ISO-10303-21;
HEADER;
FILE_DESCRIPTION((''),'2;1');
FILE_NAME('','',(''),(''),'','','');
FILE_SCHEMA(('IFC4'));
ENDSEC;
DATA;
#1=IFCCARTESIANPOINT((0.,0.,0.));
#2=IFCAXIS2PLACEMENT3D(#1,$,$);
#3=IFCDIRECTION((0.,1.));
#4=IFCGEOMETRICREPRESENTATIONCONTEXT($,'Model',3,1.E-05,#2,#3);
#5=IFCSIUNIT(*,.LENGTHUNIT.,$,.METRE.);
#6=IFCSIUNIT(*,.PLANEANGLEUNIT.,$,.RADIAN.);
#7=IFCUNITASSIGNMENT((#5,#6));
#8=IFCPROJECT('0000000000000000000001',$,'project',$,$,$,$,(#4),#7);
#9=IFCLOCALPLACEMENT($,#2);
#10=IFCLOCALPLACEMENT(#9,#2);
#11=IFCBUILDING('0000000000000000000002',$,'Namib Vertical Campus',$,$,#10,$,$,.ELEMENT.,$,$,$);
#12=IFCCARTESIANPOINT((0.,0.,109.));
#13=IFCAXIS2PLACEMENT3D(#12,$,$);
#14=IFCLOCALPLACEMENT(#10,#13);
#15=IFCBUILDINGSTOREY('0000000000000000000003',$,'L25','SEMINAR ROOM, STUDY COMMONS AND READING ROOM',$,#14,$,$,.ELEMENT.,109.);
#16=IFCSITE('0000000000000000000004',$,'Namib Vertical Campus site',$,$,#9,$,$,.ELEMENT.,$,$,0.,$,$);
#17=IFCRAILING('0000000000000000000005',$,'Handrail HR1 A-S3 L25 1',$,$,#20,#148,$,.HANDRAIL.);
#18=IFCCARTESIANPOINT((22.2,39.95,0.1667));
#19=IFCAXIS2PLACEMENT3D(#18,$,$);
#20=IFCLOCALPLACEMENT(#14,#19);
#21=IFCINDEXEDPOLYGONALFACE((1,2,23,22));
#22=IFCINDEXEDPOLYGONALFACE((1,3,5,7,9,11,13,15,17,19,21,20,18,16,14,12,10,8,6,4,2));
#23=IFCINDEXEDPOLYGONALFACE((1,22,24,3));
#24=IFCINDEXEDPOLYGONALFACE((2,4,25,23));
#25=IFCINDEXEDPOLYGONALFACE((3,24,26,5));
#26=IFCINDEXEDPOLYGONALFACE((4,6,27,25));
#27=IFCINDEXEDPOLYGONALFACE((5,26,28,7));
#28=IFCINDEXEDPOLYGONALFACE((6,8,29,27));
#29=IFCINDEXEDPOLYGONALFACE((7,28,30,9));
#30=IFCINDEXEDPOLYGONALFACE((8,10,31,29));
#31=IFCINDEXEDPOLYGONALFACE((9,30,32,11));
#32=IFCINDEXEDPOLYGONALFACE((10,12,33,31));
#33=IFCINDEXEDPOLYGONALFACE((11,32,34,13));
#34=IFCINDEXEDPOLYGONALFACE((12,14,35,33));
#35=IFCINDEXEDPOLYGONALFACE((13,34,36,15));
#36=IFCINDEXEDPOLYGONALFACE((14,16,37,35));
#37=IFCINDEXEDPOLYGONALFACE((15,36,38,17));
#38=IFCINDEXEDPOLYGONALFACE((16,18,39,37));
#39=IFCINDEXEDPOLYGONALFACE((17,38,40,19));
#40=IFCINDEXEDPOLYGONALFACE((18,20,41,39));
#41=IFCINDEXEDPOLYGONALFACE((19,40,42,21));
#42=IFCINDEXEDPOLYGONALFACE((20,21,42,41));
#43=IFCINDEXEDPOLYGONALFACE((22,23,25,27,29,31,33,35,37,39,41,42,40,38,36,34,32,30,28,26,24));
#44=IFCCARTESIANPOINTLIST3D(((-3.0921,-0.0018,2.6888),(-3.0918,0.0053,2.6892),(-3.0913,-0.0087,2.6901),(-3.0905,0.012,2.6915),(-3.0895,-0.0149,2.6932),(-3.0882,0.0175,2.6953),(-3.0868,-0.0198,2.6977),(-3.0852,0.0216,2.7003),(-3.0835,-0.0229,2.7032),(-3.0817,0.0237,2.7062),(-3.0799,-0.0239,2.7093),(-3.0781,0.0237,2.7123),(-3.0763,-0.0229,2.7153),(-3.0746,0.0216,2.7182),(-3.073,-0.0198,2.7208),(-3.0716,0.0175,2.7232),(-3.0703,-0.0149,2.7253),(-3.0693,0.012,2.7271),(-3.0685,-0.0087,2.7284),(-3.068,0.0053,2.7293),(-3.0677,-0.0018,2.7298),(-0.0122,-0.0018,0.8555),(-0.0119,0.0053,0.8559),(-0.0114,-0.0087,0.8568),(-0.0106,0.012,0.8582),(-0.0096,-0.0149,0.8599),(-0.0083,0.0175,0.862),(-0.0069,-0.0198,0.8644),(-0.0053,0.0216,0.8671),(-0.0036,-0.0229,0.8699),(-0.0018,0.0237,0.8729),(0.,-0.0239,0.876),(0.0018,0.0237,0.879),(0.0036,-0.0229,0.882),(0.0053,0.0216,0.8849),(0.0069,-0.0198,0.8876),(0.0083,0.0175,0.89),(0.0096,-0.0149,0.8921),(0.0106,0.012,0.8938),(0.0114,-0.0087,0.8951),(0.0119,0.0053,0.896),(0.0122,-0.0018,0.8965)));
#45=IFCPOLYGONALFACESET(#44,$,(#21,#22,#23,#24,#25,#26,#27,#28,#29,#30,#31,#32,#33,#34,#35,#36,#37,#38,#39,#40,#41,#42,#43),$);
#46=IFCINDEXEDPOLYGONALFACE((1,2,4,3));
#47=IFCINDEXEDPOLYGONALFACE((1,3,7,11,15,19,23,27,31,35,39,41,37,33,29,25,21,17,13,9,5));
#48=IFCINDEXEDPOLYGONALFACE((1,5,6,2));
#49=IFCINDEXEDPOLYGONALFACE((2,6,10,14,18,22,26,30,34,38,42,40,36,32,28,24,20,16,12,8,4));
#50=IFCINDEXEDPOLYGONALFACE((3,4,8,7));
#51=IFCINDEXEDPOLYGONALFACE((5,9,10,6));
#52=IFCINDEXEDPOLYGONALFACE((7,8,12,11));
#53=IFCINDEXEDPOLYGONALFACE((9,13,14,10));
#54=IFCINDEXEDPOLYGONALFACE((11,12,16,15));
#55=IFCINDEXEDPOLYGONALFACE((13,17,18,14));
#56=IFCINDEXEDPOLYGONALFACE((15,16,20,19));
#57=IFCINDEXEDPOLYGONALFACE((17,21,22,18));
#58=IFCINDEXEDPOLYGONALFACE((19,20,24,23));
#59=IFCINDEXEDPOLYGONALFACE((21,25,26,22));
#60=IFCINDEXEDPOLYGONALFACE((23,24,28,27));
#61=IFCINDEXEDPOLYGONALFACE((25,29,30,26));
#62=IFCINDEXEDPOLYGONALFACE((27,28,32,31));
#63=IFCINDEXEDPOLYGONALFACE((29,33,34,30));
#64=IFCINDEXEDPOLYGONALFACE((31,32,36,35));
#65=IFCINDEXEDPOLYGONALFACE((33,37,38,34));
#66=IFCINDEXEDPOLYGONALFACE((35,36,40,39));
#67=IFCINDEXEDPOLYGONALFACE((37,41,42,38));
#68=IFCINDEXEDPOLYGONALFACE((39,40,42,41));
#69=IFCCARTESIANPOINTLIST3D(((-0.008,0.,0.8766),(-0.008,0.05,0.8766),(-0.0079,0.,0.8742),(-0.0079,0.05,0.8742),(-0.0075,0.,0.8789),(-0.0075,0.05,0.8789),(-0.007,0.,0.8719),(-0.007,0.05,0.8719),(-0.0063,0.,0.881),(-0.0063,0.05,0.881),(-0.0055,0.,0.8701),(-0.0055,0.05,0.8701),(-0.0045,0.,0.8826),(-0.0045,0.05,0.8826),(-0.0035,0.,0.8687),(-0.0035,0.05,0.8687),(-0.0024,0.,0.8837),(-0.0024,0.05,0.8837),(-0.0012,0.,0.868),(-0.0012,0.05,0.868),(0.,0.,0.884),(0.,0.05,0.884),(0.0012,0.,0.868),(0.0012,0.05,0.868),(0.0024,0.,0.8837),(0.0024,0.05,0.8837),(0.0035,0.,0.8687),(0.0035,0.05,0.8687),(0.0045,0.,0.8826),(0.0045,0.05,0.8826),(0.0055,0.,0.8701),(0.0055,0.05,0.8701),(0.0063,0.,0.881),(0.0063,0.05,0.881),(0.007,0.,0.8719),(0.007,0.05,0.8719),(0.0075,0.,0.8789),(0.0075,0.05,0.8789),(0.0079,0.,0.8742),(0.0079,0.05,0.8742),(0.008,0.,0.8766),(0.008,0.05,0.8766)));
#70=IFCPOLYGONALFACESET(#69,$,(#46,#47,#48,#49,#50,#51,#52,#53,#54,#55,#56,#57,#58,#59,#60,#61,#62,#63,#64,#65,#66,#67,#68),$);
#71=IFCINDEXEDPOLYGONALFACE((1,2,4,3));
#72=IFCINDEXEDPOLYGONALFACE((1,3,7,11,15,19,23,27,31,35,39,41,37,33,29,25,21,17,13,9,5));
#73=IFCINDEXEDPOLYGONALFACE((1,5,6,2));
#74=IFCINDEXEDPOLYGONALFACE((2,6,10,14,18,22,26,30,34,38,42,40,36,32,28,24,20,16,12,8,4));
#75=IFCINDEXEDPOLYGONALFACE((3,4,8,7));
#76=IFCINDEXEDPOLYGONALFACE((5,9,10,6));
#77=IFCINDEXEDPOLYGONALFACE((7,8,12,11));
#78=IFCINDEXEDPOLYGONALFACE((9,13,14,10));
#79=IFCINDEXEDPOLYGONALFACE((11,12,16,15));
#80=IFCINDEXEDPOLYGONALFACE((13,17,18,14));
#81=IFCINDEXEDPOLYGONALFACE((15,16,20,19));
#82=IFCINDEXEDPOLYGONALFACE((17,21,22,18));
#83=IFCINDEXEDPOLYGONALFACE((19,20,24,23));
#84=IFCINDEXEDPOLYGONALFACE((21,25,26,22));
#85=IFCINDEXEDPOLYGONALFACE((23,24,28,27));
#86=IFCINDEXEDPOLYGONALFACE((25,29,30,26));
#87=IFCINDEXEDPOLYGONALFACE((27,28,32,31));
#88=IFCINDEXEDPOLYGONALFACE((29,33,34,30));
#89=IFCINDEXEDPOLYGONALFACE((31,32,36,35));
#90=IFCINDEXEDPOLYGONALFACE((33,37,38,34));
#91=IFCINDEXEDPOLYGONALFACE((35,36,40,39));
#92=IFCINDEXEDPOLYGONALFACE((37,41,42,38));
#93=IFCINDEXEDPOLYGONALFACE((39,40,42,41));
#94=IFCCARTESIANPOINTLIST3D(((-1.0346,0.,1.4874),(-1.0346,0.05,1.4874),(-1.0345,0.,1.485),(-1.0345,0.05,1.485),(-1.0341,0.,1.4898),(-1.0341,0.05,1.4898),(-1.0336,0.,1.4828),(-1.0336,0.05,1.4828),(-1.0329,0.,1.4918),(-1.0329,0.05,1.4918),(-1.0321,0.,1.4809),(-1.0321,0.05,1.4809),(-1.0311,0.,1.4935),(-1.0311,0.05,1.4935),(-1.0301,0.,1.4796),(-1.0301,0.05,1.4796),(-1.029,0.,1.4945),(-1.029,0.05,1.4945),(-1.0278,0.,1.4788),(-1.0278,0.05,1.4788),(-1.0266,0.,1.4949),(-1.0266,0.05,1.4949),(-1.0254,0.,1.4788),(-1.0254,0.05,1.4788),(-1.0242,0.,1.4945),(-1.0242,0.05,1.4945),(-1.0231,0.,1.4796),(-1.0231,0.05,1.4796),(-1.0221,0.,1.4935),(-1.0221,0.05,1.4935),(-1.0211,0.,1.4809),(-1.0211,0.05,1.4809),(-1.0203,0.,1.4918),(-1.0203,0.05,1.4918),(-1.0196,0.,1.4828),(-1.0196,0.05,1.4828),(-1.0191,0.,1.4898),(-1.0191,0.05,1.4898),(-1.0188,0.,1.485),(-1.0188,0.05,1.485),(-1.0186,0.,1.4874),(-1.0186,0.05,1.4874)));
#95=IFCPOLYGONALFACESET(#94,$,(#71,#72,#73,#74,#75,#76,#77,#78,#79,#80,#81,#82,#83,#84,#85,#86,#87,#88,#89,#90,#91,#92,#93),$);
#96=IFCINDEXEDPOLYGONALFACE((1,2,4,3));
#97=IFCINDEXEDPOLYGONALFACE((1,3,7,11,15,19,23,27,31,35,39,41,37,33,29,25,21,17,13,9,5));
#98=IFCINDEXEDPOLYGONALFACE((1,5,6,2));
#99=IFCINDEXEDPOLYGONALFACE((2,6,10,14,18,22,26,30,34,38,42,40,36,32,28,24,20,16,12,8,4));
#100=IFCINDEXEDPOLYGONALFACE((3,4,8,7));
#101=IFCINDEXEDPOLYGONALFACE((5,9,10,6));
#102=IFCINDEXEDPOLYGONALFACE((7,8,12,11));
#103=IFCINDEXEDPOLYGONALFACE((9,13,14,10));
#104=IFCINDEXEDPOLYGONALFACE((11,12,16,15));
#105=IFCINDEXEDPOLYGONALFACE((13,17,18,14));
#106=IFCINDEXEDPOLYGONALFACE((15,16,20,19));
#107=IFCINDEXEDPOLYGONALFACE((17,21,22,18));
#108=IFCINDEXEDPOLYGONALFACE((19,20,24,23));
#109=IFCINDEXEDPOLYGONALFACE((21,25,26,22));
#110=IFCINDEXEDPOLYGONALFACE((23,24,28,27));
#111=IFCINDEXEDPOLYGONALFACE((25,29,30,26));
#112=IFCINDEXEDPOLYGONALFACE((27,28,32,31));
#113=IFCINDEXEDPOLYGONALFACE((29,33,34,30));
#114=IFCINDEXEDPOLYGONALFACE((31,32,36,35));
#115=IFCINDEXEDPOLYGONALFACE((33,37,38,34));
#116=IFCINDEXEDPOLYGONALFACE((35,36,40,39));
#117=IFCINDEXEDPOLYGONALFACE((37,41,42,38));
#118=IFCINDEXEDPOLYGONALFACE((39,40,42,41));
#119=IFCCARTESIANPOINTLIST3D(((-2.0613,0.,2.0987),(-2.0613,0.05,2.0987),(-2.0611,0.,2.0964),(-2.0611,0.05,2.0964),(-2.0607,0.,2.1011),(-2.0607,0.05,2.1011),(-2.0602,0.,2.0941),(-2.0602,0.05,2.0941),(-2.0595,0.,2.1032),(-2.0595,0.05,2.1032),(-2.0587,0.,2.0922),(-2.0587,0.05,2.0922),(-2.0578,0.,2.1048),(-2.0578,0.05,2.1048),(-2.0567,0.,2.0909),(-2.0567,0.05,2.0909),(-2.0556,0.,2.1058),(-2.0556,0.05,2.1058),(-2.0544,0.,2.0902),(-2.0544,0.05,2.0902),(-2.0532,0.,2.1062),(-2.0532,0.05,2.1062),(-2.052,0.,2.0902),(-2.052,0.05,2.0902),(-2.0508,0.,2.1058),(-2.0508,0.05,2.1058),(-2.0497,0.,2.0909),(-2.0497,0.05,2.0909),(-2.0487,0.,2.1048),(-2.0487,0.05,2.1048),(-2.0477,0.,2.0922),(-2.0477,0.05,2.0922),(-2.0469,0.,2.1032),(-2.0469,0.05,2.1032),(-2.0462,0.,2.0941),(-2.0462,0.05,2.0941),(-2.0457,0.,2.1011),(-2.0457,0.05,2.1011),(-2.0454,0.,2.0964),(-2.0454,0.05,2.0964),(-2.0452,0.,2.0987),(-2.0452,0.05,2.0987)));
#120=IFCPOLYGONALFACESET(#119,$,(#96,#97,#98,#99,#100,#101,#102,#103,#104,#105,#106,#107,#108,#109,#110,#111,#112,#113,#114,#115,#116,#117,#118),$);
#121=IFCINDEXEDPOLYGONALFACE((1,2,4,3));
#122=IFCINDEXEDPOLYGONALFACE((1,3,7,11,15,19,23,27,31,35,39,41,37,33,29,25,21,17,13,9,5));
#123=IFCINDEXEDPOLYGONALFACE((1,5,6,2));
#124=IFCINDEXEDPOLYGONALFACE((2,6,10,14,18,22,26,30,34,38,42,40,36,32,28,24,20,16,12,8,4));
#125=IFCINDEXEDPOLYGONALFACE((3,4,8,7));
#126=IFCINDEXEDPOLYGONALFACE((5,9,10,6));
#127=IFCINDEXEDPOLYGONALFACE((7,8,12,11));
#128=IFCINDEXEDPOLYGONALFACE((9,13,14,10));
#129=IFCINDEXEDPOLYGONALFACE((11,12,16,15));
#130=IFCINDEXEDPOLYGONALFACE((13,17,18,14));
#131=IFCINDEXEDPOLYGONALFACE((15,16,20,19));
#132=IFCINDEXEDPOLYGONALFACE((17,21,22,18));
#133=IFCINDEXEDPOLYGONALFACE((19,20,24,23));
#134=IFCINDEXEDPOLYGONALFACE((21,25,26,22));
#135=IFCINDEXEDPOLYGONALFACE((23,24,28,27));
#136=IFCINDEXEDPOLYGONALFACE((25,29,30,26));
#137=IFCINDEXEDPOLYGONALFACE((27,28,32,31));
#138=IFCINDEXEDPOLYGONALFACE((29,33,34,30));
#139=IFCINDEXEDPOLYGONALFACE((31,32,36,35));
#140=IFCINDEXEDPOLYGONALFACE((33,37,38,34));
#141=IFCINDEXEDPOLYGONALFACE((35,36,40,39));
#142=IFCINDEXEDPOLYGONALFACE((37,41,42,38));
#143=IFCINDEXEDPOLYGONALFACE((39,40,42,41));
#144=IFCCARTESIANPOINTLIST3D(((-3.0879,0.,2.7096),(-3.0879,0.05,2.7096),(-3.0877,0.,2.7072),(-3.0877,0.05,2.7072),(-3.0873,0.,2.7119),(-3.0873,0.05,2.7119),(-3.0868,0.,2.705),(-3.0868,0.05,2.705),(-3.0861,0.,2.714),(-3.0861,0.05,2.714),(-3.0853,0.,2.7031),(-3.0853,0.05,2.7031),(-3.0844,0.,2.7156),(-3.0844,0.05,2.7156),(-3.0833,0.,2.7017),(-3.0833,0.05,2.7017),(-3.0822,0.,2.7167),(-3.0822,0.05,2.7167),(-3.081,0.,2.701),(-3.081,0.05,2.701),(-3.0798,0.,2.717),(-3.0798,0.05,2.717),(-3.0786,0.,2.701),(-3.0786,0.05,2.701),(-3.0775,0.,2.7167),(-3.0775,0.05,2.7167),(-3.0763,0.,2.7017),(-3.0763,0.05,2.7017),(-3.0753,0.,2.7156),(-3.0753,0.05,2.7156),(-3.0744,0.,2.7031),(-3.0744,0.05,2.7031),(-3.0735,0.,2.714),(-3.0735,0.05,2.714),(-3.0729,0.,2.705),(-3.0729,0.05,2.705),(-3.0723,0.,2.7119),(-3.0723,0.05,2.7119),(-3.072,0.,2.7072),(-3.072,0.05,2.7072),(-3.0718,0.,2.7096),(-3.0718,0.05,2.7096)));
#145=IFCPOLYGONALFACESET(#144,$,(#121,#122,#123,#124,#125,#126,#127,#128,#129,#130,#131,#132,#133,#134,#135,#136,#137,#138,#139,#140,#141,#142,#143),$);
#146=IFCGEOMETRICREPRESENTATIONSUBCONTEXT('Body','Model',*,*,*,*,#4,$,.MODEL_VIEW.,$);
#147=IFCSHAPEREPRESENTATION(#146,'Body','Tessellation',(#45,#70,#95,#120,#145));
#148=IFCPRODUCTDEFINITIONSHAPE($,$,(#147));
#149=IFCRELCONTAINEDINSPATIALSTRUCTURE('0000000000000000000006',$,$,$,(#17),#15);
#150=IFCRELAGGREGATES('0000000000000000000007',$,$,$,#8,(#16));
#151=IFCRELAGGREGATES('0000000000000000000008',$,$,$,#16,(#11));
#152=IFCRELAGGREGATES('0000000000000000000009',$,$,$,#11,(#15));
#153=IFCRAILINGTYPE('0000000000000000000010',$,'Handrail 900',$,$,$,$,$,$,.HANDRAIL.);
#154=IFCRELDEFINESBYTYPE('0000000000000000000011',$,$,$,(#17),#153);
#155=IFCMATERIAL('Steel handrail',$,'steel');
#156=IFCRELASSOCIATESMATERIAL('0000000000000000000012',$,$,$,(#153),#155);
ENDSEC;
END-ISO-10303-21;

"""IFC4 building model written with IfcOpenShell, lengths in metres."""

from ifc_helpers import new_model, si_unit, direction, frame, origin, origin_2d, place, context, subcontext, project, spatial, circle, extrude, material, type_object, element, save


model = new_model("IFC4")

# Units and contexts
model_context = context("Model", 3, precision=1e-05, world=origin(), true_north=direction((0.0, 1.0)))
body_context = subcontext(model_context, "Body", "Model", "MODEL_VIEW")
ifc_project = project(units=[si_unit("LENGTHUNIT", "METRE"), si_unit("PLANEANGLEUNIT", "RADIAN")], contexts=[model_context])

# Site, building, storey
site_placement = place(None, origin())
site = spatial("IfcSite", under=ifc_project, at=site_placement, Name="Namib Vertical Campus site", CompositionType="ELEMENT", RefElevation=0.0)
building_placement = place(site_placement, origin())
building = spatial("IfcBuilding", under=site, at=building_placement, Name="Namib Vertical Campus", CompositionType="ELEMENT")
storey_placement = place(building_placement, frame((0.0, 0.0, 109.0)))
storey = spatial("IfcBuildingStorey", under=building, at=storey_placement, Name="L25", Description="SEMINAR ROOM, STUDY COMMONS AND READING ROOM", CompositionType="ELEMENT", Elevation=109.0)

# Railing
ifc_material_1 = material(Name="Steel handrail", Category="steel")
railing_type_1 = type_object("IfcRailingType", Name="Handrail 900", PredefinedType="HANDRAIL", material=ifc_material_1)
railing_1_placement = place(storey_placement, frame((22.2, 39.95, 0.1667)))
element("IfcRailing", 1, at=railing_1_placement, inside=storey, type_object=railing_type_1, Name="Handrail HR1 A-S3 L25 1", PredefinedType="HANDRAIL", context=body_context, shape_type="SweptSolid", body=[
    extrude(circle(Radius=0.0239, at=origin_2d()), frame((0.0, 0.0, 0.876), z_axis=(-0.859291, 0.0, 0.511487), x_axis=(0.0, -1.0, 0.0)), (0.0, 0.0, 1.0), 3.5842),
    extrude(circle(Radius=0.0081, at=origin_2d()), frame((0.0, 0.0, 0.876), z_axis=(0.0, 1.0, 0.0), x_axis=(0.0, 0.0, 1.0)), (0.0, 0.0, 1.0), 0.05),
    extrude(circle(Radius=0.0081, at=origin_2d()), frame((-1.0266, 0.0, 1.4868), z_axis=(0.0, 1.0, 0.0), x_axis=(0.0, 0.0, 1.0)), (0.0, 0.0, 1.0), 0.05),
    extrude(circle(Radius=0.0081, at=origin_2d()), frame((-2.0532, 0.0, 2.0981), z_axis=(0.0, 1.0, 0.0), x_axis=(0.0, 0.0, 1.0)), (0.0, 0.0, 1.0), 0.05),
    extrude(circle(Radius=0.0081, at=origin_2d()), frame((-3.0798, 0.0, 2.709), z_axis=(0.0, 1.0, 0.0), x_axis=(0.0, 0.0, 1.0)), (0.0, 0.0, 1.0), 0.05),
])

save(model, "model.ifc")
